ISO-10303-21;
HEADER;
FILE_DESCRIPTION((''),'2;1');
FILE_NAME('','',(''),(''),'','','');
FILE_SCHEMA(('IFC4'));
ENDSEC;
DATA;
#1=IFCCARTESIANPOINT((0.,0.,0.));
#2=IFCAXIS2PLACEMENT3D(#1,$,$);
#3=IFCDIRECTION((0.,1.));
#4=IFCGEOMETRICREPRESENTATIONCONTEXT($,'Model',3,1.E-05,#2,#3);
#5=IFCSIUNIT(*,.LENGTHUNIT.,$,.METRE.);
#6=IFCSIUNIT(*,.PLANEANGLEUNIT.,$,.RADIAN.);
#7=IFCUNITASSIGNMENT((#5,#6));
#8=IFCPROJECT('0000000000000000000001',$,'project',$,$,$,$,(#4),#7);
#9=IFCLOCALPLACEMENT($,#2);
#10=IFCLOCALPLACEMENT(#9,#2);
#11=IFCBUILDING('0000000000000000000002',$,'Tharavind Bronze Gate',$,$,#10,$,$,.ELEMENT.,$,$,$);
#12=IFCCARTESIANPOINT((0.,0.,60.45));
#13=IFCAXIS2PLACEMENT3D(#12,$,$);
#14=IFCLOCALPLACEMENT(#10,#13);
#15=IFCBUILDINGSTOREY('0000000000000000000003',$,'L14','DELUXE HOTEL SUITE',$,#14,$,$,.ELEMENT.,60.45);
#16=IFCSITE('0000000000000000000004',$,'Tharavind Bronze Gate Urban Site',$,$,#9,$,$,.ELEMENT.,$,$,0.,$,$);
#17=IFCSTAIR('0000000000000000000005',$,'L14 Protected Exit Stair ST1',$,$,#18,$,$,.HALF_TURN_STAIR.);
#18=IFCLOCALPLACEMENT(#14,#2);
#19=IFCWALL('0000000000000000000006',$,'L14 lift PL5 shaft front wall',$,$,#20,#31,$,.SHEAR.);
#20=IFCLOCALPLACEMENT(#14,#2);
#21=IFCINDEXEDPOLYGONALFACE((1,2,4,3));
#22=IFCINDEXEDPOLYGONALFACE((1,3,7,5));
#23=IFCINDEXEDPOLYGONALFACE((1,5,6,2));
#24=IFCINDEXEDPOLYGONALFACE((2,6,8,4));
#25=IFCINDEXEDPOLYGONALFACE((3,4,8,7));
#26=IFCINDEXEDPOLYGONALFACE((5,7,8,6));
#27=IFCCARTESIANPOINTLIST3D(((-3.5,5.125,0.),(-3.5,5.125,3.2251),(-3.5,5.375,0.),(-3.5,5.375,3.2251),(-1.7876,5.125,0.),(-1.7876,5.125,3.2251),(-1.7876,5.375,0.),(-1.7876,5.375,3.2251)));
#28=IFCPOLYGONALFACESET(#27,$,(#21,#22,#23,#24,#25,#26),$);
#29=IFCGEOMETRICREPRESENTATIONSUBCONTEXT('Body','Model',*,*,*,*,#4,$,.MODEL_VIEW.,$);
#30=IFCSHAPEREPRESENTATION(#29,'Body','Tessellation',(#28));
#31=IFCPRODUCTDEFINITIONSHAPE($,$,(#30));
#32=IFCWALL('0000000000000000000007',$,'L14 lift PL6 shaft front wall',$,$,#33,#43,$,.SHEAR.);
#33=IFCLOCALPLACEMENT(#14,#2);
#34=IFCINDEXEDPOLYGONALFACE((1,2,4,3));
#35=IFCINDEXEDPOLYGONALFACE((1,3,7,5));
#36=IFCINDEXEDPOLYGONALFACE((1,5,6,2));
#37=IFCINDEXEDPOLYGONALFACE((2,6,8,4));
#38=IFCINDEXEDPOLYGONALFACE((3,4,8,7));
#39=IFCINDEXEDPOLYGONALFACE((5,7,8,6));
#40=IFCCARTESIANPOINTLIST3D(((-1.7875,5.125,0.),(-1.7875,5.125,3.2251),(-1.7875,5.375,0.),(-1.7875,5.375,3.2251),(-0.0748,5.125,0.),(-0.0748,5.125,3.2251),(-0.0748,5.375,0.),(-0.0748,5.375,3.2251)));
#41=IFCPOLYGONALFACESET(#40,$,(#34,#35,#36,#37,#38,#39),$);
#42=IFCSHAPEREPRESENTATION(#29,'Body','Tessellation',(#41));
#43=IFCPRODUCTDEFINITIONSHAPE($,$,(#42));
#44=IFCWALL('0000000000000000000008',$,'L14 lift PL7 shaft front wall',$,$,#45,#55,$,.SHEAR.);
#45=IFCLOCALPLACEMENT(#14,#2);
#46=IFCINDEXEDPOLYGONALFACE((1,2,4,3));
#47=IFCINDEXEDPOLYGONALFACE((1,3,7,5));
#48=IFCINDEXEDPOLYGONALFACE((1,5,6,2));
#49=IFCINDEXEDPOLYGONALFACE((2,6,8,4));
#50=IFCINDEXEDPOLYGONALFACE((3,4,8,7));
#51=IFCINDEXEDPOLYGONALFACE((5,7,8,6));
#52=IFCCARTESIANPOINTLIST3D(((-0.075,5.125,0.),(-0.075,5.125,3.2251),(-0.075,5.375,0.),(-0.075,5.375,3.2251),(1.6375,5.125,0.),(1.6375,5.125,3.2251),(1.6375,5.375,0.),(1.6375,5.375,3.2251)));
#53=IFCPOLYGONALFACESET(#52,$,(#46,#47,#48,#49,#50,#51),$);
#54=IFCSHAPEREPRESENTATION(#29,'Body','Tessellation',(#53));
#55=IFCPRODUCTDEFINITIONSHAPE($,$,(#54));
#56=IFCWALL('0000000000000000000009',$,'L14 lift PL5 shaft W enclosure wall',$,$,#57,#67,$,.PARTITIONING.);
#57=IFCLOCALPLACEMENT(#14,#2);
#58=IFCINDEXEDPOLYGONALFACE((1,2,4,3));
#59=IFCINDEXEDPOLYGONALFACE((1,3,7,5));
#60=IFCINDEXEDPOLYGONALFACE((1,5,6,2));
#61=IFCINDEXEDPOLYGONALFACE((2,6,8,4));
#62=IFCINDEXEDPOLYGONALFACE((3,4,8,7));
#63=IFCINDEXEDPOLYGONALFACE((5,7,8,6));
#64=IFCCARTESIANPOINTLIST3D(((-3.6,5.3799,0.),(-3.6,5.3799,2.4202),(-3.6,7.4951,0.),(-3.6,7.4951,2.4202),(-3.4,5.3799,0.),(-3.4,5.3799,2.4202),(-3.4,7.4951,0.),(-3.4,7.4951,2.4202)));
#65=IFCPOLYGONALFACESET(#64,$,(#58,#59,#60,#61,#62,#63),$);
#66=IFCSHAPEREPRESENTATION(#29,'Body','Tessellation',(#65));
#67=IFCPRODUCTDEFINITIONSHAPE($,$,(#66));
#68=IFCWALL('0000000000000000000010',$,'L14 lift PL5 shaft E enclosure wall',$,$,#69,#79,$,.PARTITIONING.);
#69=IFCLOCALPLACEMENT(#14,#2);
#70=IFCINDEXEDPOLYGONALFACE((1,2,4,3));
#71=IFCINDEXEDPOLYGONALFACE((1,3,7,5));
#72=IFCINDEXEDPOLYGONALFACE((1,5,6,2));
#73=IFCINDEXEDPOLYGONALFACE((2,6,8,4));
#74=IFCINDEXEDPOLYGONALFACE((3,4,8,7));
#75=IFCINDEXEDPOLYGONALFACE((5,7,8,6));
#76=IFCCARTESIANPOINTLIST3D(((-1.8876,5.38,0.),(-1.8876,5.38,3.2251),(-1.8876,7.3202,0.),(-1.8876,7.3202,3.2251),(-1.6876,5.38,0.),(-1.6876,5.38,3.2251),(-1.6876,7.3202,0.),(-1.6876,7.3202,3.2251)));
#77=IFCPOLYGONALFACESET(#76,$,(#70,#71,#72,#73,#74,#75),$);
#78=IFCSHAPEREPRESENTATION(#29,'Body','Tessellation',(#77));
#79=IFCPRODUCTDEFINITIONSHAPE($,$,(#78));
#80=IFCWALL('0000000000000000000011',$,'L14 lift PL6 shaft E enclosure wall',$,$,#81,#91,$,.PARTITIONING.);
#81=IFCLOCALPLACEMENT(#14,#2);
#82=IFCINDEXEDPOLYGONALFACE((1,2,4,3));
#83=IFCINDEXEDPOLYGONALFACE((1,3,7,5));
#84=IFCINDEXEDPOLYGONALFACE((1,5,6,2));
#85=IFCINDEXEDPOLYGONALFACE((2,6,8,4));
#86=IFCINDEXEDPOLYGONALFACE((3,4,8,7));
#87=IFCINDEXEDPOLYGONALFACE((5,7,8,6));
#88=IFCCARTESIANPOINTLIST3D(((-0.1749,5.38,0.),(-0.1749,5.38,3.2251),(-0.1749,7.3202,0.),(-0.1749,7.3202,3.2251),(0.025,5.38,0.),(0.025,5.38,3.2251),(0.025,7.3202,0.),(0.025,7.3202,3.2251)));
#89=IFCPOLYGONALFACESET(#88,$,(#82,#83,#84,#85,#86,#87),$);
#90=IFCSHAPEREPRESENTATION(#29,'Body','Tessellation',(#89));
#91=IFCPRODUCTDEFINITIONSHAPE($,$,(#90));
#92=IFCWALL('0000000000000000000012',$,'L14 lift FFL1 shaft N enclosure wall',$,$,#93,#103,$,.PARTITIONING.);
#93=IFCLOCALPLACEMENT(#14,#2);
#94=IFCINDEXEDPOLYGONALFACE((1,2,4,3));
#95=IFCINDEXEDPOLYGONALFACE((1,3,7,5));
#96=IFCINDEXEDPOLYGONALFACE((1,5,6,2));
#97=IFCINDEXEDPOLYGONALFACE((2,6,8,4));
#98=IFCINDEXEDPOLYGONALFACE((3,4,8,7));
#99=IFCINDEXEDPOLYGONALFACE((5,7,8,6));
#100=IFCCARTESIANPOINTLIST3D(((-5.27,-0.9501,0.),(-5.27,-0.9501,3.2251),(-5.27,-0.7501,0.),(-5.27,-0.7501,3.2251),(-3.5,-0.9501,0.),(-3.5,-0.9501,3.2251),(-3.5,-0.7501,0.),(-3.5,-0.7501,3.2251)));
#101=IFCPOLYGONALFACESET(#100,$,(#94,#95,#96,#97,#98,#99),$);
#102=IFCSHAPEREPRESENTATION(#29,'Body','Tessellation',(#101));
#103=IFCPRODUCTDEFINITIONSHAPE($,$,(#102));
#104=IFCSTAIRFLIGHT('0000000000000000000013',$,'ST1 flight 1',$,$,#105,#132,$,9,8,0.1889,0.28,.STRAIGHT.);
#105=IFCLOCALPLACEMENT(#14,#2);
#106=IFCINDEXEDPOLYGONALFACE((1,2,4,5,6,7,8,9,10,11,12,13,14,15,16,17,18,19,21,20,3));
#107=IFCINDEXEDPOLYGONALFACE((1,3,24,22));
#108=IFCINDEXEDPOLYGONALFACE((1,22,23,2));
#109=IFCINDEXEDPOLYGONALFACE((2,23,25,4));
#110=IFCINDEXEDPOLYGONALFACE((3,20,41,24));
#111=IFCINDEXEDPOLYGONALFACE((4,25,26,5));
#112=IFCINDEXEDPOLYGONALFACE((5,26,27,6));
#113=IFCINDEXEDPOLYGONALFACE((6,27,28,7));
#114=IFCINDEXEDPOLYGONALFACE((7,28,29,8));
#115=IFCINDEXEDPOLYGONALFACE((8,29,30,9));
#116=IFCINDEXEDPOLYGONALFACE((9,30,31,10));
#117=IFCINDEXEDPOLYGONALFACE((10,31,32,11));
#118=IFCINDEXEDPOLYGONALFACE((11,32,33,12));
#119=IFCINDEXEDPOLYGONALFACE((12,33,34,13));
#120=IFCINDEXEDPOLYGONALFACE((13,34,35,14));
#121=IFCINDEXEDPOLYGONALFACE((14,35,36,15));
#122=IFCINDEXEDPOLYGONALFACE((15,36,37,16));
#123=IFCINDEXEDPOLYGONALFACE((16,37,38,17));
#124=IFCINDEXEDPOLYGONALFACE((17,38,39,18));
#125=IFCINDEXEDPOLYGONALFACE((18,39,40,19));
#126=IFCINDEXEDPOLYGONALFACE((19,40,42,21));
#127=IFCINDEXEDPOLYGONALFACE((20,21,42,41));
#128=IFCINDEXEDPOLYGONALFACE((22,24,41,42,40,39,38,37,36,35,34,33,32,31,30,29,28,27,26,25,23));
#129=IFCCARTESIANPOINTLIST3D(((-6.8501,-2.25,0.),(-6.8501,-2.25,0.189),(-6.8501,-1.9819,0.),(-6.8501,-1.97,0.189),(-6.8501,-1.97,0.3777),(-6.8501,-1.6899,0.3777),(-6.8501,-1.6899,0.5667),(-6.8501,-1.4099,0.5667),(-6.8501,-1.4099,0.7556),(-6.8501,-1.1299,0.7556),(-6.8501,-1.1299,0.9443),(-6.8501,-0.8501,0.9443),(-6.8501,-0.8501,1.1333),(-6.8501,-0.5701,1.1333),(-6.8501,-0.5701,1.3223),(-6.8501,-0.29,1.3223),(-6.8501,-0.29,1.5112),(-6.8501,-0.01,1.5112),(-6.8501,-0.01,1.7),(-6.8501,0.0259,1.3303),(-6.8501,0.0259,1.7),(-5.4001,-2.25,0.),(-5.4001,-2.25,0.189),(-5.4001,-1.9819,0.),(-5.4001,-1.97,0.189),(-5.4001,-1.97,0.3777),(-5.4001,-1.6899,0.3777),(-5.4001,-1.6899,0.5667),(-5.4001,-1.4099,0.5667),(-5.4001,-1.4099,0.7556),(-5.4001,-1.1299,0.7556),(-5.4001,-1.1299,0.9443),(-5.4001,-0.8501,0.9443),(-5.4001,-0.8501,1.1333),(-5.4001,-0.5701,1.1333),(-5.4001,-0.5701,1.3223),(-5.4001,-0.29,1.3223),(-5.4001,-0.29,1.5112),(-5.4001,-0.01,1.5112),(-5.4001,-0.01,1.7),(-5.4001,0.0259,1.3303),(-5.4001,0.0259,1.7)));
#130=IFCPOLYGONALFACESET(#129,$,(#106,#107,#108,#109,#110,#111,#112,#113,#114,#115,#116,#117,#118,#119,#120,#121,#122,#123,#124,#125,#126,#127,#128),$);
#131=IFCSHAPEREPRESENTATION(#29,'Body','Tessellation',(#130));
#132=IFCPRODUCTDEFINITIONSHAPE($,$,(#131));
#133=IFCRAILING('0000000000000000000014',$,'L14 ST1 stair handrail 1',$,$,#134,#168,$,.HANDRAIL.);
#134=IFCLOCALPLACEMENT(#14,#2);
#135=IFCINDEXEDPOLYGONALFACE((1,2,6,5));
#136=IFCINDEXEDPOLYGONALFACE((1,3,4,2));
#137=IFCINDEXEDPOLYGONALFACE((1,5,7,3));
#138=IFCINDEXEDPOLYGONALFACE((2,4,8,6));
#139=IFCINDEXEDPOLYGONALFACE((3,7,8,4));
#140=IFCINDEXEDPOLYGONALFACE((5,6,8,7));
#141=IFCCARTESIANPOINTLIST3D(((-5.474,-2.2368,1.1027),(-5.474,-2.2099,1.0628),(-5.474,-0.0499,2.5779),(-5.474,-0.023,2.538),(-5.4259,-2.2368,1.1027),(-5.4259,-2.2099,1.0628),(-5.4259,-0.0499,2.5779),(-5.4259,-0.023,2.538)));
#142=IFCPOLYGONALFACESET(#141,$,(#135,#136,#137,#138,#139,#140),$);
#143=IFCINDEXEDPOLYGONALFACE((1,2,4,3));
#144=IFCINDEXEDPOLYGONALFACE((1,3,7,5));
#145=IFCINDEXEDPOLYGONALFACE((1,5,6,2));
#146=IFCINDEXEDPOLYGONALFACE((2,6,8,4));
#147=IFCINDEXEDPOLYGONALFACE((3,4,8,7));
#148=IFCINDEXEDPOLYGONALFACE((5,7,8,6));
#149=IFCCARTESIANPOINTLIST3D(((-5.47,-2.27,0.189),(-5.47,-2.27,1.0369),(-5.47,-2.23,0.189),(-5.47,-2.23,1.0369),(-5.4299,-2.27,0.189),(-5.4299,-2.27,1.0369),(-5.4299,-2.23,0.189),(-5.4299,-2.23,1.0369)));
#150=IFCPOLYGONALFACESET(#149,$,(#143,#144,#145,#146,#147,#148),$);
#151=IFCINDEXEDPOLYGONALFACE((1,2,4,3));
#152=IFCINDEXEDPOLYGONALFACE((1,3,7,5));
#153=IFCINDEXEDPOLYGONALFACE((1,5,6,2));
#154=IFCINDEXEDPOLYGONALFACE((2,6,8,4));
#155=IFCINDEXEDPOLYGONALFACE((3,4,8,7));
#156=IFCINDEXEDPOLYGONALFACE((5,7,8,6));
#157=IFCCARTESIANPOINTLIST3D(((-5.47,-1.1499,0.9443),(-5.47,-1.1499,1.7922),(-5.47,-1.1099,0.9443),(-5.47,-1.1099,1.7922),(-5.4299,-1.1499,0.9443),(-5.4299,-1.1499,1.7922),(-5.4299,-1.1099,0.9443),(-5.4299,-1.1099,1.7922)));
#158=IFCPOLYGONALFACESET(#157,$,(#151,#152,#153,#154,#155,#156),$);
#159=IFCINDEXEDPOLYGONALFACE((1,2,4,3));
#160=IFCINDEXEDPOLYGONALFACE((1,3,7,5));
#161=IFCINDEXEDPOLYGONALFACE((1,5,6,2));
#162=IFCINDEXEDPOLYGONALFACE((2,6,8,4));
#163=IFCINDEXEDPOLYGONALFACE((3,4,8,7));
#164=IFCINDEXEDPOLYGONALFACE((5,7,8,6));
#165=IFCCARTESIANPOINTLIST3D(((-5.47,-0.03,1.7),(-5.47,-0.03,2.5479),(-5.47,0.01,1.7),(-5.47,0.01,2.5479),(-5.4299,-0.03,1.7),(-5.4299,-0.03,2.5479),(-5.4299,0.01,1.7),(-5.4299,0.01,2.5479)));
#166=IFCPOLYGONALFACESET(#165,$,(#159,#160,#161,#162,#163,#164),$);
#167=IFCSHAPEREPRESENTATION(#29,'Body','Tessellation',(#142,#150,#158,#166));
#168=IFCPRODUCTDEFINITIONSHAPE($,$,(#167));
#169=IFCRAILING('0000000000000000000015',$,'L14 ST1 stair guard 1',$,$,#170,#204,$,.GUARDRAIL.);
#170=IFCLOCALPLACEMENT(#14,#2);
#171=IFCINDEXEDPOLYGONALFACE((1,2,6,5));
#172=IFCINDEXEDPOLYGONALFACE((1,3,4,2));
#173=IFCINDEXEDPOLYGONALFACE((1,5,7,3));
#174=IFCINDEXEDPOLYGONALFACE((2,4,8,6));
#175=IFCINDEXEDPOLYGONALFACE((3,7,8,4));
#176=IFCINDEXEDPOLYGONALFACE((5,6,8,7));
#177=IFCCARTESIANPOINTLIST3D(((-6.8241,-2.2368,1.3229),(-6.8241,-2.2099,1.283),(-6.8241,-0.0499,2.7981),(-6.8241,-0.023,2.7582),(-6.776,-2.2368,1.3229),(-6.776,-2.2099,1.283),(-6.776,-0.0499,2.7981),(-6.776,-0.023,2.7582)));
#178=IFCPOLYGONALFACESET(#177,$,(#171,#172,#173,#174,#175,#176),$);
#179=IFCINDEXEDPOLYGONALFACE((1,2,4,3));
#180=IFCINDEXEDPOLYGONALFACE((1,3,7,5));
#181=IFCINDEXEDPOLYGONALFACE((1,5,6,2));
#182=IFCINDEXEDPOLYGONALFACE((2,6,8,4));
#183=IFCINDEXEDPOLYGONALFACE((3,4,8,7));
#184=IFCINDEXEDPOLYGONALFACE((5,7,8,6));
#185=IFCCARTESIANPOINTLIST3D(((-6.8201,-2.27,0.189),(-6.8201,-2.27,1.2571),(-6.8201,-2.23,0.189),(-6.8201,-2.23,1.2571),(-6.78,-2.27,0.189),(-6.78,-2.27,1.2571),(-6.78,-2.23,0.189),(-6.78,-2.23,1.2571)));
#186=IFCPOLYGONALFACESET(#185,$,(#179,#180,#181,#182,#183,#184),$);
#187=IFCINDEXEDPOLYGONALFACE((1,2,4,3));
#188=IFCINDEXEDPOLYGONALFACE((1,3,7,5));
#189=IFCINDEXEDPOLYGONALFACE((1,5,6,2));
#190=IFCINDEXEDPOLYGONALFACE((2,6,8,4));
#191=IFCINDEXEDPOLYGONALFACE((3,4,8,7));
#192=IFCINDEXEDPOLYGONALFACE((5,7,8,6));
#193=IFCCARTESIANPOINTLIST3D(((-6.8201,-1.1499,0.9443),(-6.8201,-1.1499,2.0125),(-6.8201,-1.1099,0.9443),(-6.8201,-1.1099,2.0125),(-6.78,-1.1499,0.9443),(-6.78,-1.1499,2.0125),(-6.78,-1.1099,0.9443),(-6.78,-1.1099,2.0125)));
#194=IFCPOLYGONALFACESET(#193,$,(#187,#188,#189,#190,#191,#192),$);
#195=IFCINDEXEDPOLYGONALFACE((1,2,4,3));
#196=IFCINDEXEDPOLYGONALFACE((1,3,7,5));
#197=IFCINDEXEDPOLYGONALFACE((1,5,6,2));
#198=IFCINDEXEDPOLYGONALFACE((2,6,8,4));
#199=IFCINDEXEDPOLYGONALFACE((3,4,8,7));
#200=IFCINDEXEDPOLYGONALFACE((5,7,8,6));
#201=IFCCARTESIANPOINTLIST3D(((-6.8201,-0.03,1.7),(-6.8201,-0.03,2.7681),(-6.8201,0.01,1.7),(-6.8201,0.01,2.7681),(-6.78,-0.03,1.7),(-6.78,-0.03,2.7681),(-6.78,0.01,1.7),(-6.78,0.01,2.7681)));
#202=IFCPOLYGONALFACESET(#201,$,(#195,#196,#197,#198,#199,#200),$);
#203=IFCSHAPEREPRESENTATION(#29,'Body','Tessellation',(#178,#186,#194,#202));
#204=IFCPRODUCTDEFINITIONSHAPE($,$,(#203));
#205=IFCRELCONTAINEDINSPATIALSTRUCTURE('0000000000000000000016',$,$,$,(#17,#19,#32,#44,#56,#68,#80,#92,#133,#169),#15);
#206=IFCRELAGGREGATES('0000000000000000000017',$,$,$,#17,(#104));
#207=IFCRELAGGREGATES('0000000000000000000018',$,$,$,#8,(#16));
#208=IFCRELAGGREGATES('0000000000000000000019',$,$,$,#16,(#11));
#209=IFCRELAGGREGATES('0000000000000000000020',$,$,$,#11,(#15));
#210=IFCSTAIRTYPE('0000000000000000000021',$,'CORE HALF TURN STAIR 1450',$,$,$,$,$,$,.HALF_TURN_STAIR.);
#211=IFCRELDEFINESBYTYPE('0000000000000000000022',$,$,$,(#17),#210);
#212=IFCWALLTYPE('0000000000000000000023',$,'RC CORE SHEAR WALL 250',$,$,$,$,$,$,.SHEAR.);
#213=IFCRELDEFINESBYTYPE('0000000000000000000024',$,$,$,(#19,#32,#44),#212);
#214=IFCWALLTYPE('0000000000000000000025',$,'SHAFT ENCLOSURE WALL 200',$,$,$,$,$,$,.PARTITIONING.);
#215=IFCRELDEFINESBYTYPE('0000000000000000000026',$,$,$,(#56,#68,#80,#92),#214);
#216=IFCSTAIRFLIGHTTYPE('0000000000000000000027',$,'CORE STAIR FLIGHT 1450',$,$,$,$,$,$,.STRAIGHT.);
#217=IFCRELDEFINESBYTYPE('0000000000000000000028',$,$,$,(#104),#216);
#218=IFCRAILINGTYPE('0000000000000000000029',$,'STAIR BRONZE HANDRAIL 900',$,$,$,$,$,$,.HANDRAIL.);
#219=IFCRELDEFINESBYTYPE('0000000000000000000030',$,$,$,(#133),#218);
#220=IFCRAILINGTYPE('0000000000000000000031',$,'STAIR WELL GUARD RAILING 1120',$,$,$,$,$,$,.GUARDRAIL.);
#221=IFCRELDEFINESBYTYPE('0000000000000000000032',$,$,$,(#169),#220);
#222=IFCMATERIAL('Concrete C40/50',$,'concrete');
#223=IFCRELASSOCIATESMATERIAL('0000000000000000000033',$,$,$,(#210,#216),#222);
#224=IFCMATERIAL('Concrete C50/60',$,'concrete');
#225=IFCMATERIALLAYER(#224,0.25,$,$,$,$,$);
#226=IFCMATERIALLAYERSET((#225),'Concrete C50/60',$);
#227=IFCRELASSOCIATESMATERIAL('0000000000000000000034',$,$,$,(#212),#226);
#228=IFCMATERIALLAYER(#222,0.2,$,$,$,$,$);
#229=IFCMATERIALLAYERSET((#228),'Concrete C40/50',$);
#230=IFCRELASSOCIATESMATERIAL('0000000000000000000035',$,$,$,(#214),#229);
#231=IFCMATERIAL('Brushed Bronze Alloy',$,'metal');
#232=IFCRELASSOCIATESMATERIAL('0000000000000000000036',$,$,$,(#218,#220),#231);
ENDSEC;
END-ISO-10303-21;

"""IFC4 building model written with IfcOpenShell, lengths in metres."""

from ifc_helpers import new_model, si_unit, direction, frame, frame_2d, origin, origin_2d, place, context, subcontext, project, spatial, polyline, rectangle, outline, extrude, material, layer, layer_set, type_object, element, aggregate, save


model = new_model("IFC4")

# Units and contexts
model_context = context("Model", 3, precision=1e-05, world=origin(), true_north=direction((0.0, 1.0)))
body_context = subcontext(model_context, "Body", "Model", "MODEL_VIEW")
ifc_project = project(units=[si_unit("LENGTHUNIT", "METRE"), si_unit("PLANEANGLEUNIT", "RADIAN")], contexts=[model_context])

# Site, building, storey
site_placement = place(None, origin())
site = spatial("IfcSite", under=ifc_project, at=site_placement, Name="Tharavind Bronze Gate Urban Site", CompositionType="ELEMENT", RefElevation=0.0)
building_placement = place(site_placement, origin())
building = spatial("IfcBuilding", under=site, at=building_placement, Name="Tharavind Bronze Gate", CompositionType="ELEMENT")
storey_placement = place(building_placement, frame((0.0, 0.0, 60.45)))
storey = spatial("IfcBuildingStorey", under=building, at=storey_placement, Name="L14", Description="DELUXE HOTEL SUITE", CompositionType="ELEMENT", Elevation=60.45)

# Shared definitions
ifc_material_1 = material(Name="Concrete C40/50", Category="concrete")

# Stair
stair_type = type_object("IfcStairType", Name="CORE HALF TURN STAIR 1450", PredefinedType="HALF_TURN_STAIR", material=ifc_material_1)
stair_placement = place(storey_placement, origin())
stair = element("IfcStair", 1, at=stair_placement, inside=storey, type_object=stair_type, Name="L14 Protected Exit Stair ST1", PredefinedType="HALF_TURN_STAIR")

# Walls
ifc_material_2 = material(Name="Concrete C50/60", Category="concrete")
ifc_layer_1 = layer(ifc_material_2, 0.25)
ifc_layer_set_1 = layer_set([ifc_layer_1], Name="Concrete C50/60")
wall_type_1 = type_object("IfcWallType", Name="RC CORE SHEAR WALL 250", PredefinedType="SHEAR", material=ifc_layer_set_1)
wall_1_placement = place(storey_placement, frame((-3.5, 5.25, 0.0), z_axis=(0.0, 0.0, 1.0), x_axis=(1.0, 0.0, 0.0)))
element("IfcWall", 2, at=wall_1_placement, inside=storey, type_object=wall_type_1, Name="L14 lift PL5 shaft front wall", PredefinedType="SHEAR", context=body_context, shape_type="SweptSolid", body=[
    extrude(rectangle(XDim=1.7124, YDim=0.25, at=frame_2d((0.8562, 0.0))), origin(), (0.0, 0.0, 1.0), 3.2251),
])
wall_2_placement = place(storey_placement, frame((-1.7876, 5.25, 0.0), z_axis=(0.0, 0.0, 1.0), x_axis=(1.0, 0.0, 0.0)))
element("IfcWall", 3, at=wall_2_placement, inside=storey, type_object=wall_type_1, Name="L14 lift PL6 shaft front wall", PredefinedType="SHEAR", context=body_context, shape_type="SweptSolid", body=[
    extrude(rectangle(XDim=1.7126, YDim=0.25, at=frame_2d((0.8564, 0.0))), origin(), (0.0, 0.0, 1.0), 3.2251),
])
wall_3_placement = place(storey_placement, frame((-0.075, 5.25, 0.0), z_axis=(0.0, 0.0, 1.0), x_axis=(1.0, 0.0, 0.0)))
element("IfcWall", 4, at=wall_3_placement, inside=storey, type_object=wall_type_1, Name="L14 lift PL7 shaft front wall", PredefinedType="SHEAR", context=body_context, shape_type="SweptSolid", body=[
    extrude(rectangle(XDim=1.7124, YDim=0.25, at=frame_2d((0.8562, 0.0))), origin(), (0.0, 0.0, 1.0), 3.2251),
])
ifc_layer_2 = layer(ifc_material_1, 0.2)
ifc_layer_set_2 = layer_set([ifc_layer_2], Name="Concrete C40/50")
wall_type_2 = type_object("IfcWallType", Name="SHAFT ENCLOSURE WALL 200", PredefinedType="PARTITIONING", material=ifc_layer_set_2)
wall_4_placement = place(storey_placement, frame((-3.5, 5.3799, 0.0), z_axis=(0.0, 0.0, 1.0), x_axis=(0.0, 1.0, 0.0)))
element("IfcWall", 5, at=wall_4_placement, inside=storey, type_object=wall_type_2, Name="L14 lift PL5 shaft W enclosure wall", PredefinedType="PARTITIONING", context=body_context, shape_type="SweptSolid", body=[
    extrude(rectangle(XDim=2.1152, YDim=0.2, at=frame_2d((1.0576, 0.0))), origin(), (0.0, 0.0, 1.0), 2.4202),
])
for number, where, z_axis, x_axis, name in (
    (6, (-1.7876, 5.3799, 0.0), (0.0, 0.0, 1.0), (0.0, 1.0, 0.0), "L14 lift PL5 shaft E enclosure wall"),
    (7, (-0.075, 5.3799, 0.0), (0.0, 0.0, 1.0), (0.0, 1.0, 0.0), "L14 lift PL6 shaft E enclosure wall"),
):
    element("IfcWall", number, at=place(storey_placement, frame(where, z_axis=z_axis, x_axis=x_axis)), inside=storey, type_object=wall_type_2, Name=name, PredefinedType="PARTITIONING", context=body_context, shape_type="SweptSolid", body=[
        extrude(rectangle(XDim=1.9402, YDim=0.2, at=frame_2d((0.9702, 0.0))), origin(), (0.0, 0.0, 1.0), 3.2251),
    ])
wall_5_placement = place(storey_placement, frame((-5.27, -0.8501, 0.0), z_axis=(0.0, 0.0, 1.0), x_axis=(1.0, 0.0, 0.0)))
element("IfcWall", 8, at=wall_5_placement, inside=storey, type_object=wall_type_2, Name="L14 lift FFL1 shaft N enclosure wall", PredefinedType="PARTITIONING", context=body_context, shape_type="SweptSolid", body=[
    extrude(rectangle(XDim=1.77, YDim=0.2, at=frame_2d((0.885, 0.0))), origin(), (0.0, 0.0, 1.0), 3.2251),
])

# Stair flight
stair_flight_type = type_object("IfcStairFlightType", Name="CORE STAIR FLIGHT 1450", PredefinedType="STRAIGHT", material=ifc_material_1)
stair_flight_placement = place(storey_placement, frame((-6.125, -2.25, 0.0), z_axis=(0.0, 0.0, 1.0), x_axis=(0.0, 1.0, 0.0)))
stair_flight = element("IfcStairFlight", 9, at=stair_flight_placement, type_object=stair_flight_type, Name="ST1 flight 1", NumberOfRisers=9, NumberOfTreads=8, PredefinedType="STRAIGHT", RiserHeight=0.1889, TreadLength=0.28, context=body_context, shape_type="SweptSolid", body=[
    extrude(outline(polyline([(0.0, 0.0), (0.0, 0.189), (0.28, 0.189), (0.28, 0.3777), (0.5601, 0.3777), (0.5601, 0.5667), (0.8401, 0.5667), (0.8401, 0.7556), (1.1201, 0.7556), (1.1201, 0.9443), (1.3999, 0.9443), (1.3999, 1.1333), (1.6799, 1.1333), (1.6799, 1.3223), (1.96, 1.3223), (1.96, 1.5112), (2.24, 1.5112), (2.24, 1.7), (2.2759, 1.7), (2.2759, 1.3303), (0.2681, 0.0), (0.0, 0.0)])), frame((0.0, 0.7251, 0.0), z_axis=(0.0, -1.0, 0.0), x_axis=(1.0, 0.0, 0.0)), (0.0, 0.0, 1.0), 1.45),
])
aggregate(stair, [stair_flight])

# Railings
ifc_material_3 = material(Name="Brushed Bronze Alloy", Category="metal")
railing_type_1 = type_object("IfcRailingType", Name="STAIR BRONZE HANDRAIL 900", PredefinedType="HANDRAIL", material=ifc_material_3)
railing_1_placement = place(storey_placement, frame((-5.45, -2.25, 0.189)))
element("IfcRailing", 10, at=railing_1_placement, inside=storey, type_object=railing_type_1, Name="L14 ST1 stair handrail 1", PredefinedType="HANDRAIL", context=body_context, shape_type="SweptSolid", body=[
    extrude(rectangle(XDim=0.0481, YDim=0.0481, at=origin_2d()), frame((0.0, 0.0266, 0.8938), z_axis=(0.0, 0.829021, 0.559217), x_axis=(-1.0, 0.0, 0.0)), (0.0, 0.0, 1.0), 2.6379),
    extrude(rectangle(XDim=0.04, YDim=0.04, at=origin_2d()), origin(), (0.0, 0.0, 1.0), 0.8479),
    extrude(rectangle(XDim=0.04, YDim=0.04, at=origin_2d()), frame((0.0, 1.1201, 0.7554)), (0.0, 0.0, 1.0), 0.8479),
    extrude(rectangle(XDim=0.04, YDim=0.04, at=origin_2d()), frame((0.0, 2.24, 1.511)), (0.0, 0.0, 1.0), 0.8479),
])
railing_type_2 = type_object("IfcRailingType", Name="STAIR WELL GUARD RAILING 1120", PredefinedType="GUARDRAIL", material=ifc_material_3)
railing_2_placement = place(storey_placement, frame((-6.8, -2.25, 0.189)))
element("IfcRailing", 11, at=railing_2_placement, inside=storey, type_object=railing_type_2, Name="L14 ST1 stair guard 1", PredefinedType="GUARDRAIL", context=body_context, shape_type="SweptSolid", body=[
    extrude(rectangle(XDim=0.0481, YDim=0.0481, at=origin_2d()), frame((0.0, 0.0266, 1.114), z_axis=(0.0, 0.829021, 0.559217), x_axis=(-1.0, 0.0, 0.0)), (0.0, 0.0, 1.0), 2.6379),
    extrude(rectangle(XDim=0.04, YDim=0.04, at=origin_2d()), origin(), (0.0, 0.0, 1.0), 1.0681),
    extrude(rectangle(XDim=0.04, YDim=0.04, at=origin_2d()), frame((0.0, 1.1201, 0.7554)), (0.0, 0.0, 1.0), 1.0681),
    extrude(rectangle(XDim=0.04, YDim=0.04, at=origin_2d()), frame((0.0, 2.24, 1.511)), (0.0, 0.0, 1.0), 1.0681),
])

save(model, "model.ifc")
